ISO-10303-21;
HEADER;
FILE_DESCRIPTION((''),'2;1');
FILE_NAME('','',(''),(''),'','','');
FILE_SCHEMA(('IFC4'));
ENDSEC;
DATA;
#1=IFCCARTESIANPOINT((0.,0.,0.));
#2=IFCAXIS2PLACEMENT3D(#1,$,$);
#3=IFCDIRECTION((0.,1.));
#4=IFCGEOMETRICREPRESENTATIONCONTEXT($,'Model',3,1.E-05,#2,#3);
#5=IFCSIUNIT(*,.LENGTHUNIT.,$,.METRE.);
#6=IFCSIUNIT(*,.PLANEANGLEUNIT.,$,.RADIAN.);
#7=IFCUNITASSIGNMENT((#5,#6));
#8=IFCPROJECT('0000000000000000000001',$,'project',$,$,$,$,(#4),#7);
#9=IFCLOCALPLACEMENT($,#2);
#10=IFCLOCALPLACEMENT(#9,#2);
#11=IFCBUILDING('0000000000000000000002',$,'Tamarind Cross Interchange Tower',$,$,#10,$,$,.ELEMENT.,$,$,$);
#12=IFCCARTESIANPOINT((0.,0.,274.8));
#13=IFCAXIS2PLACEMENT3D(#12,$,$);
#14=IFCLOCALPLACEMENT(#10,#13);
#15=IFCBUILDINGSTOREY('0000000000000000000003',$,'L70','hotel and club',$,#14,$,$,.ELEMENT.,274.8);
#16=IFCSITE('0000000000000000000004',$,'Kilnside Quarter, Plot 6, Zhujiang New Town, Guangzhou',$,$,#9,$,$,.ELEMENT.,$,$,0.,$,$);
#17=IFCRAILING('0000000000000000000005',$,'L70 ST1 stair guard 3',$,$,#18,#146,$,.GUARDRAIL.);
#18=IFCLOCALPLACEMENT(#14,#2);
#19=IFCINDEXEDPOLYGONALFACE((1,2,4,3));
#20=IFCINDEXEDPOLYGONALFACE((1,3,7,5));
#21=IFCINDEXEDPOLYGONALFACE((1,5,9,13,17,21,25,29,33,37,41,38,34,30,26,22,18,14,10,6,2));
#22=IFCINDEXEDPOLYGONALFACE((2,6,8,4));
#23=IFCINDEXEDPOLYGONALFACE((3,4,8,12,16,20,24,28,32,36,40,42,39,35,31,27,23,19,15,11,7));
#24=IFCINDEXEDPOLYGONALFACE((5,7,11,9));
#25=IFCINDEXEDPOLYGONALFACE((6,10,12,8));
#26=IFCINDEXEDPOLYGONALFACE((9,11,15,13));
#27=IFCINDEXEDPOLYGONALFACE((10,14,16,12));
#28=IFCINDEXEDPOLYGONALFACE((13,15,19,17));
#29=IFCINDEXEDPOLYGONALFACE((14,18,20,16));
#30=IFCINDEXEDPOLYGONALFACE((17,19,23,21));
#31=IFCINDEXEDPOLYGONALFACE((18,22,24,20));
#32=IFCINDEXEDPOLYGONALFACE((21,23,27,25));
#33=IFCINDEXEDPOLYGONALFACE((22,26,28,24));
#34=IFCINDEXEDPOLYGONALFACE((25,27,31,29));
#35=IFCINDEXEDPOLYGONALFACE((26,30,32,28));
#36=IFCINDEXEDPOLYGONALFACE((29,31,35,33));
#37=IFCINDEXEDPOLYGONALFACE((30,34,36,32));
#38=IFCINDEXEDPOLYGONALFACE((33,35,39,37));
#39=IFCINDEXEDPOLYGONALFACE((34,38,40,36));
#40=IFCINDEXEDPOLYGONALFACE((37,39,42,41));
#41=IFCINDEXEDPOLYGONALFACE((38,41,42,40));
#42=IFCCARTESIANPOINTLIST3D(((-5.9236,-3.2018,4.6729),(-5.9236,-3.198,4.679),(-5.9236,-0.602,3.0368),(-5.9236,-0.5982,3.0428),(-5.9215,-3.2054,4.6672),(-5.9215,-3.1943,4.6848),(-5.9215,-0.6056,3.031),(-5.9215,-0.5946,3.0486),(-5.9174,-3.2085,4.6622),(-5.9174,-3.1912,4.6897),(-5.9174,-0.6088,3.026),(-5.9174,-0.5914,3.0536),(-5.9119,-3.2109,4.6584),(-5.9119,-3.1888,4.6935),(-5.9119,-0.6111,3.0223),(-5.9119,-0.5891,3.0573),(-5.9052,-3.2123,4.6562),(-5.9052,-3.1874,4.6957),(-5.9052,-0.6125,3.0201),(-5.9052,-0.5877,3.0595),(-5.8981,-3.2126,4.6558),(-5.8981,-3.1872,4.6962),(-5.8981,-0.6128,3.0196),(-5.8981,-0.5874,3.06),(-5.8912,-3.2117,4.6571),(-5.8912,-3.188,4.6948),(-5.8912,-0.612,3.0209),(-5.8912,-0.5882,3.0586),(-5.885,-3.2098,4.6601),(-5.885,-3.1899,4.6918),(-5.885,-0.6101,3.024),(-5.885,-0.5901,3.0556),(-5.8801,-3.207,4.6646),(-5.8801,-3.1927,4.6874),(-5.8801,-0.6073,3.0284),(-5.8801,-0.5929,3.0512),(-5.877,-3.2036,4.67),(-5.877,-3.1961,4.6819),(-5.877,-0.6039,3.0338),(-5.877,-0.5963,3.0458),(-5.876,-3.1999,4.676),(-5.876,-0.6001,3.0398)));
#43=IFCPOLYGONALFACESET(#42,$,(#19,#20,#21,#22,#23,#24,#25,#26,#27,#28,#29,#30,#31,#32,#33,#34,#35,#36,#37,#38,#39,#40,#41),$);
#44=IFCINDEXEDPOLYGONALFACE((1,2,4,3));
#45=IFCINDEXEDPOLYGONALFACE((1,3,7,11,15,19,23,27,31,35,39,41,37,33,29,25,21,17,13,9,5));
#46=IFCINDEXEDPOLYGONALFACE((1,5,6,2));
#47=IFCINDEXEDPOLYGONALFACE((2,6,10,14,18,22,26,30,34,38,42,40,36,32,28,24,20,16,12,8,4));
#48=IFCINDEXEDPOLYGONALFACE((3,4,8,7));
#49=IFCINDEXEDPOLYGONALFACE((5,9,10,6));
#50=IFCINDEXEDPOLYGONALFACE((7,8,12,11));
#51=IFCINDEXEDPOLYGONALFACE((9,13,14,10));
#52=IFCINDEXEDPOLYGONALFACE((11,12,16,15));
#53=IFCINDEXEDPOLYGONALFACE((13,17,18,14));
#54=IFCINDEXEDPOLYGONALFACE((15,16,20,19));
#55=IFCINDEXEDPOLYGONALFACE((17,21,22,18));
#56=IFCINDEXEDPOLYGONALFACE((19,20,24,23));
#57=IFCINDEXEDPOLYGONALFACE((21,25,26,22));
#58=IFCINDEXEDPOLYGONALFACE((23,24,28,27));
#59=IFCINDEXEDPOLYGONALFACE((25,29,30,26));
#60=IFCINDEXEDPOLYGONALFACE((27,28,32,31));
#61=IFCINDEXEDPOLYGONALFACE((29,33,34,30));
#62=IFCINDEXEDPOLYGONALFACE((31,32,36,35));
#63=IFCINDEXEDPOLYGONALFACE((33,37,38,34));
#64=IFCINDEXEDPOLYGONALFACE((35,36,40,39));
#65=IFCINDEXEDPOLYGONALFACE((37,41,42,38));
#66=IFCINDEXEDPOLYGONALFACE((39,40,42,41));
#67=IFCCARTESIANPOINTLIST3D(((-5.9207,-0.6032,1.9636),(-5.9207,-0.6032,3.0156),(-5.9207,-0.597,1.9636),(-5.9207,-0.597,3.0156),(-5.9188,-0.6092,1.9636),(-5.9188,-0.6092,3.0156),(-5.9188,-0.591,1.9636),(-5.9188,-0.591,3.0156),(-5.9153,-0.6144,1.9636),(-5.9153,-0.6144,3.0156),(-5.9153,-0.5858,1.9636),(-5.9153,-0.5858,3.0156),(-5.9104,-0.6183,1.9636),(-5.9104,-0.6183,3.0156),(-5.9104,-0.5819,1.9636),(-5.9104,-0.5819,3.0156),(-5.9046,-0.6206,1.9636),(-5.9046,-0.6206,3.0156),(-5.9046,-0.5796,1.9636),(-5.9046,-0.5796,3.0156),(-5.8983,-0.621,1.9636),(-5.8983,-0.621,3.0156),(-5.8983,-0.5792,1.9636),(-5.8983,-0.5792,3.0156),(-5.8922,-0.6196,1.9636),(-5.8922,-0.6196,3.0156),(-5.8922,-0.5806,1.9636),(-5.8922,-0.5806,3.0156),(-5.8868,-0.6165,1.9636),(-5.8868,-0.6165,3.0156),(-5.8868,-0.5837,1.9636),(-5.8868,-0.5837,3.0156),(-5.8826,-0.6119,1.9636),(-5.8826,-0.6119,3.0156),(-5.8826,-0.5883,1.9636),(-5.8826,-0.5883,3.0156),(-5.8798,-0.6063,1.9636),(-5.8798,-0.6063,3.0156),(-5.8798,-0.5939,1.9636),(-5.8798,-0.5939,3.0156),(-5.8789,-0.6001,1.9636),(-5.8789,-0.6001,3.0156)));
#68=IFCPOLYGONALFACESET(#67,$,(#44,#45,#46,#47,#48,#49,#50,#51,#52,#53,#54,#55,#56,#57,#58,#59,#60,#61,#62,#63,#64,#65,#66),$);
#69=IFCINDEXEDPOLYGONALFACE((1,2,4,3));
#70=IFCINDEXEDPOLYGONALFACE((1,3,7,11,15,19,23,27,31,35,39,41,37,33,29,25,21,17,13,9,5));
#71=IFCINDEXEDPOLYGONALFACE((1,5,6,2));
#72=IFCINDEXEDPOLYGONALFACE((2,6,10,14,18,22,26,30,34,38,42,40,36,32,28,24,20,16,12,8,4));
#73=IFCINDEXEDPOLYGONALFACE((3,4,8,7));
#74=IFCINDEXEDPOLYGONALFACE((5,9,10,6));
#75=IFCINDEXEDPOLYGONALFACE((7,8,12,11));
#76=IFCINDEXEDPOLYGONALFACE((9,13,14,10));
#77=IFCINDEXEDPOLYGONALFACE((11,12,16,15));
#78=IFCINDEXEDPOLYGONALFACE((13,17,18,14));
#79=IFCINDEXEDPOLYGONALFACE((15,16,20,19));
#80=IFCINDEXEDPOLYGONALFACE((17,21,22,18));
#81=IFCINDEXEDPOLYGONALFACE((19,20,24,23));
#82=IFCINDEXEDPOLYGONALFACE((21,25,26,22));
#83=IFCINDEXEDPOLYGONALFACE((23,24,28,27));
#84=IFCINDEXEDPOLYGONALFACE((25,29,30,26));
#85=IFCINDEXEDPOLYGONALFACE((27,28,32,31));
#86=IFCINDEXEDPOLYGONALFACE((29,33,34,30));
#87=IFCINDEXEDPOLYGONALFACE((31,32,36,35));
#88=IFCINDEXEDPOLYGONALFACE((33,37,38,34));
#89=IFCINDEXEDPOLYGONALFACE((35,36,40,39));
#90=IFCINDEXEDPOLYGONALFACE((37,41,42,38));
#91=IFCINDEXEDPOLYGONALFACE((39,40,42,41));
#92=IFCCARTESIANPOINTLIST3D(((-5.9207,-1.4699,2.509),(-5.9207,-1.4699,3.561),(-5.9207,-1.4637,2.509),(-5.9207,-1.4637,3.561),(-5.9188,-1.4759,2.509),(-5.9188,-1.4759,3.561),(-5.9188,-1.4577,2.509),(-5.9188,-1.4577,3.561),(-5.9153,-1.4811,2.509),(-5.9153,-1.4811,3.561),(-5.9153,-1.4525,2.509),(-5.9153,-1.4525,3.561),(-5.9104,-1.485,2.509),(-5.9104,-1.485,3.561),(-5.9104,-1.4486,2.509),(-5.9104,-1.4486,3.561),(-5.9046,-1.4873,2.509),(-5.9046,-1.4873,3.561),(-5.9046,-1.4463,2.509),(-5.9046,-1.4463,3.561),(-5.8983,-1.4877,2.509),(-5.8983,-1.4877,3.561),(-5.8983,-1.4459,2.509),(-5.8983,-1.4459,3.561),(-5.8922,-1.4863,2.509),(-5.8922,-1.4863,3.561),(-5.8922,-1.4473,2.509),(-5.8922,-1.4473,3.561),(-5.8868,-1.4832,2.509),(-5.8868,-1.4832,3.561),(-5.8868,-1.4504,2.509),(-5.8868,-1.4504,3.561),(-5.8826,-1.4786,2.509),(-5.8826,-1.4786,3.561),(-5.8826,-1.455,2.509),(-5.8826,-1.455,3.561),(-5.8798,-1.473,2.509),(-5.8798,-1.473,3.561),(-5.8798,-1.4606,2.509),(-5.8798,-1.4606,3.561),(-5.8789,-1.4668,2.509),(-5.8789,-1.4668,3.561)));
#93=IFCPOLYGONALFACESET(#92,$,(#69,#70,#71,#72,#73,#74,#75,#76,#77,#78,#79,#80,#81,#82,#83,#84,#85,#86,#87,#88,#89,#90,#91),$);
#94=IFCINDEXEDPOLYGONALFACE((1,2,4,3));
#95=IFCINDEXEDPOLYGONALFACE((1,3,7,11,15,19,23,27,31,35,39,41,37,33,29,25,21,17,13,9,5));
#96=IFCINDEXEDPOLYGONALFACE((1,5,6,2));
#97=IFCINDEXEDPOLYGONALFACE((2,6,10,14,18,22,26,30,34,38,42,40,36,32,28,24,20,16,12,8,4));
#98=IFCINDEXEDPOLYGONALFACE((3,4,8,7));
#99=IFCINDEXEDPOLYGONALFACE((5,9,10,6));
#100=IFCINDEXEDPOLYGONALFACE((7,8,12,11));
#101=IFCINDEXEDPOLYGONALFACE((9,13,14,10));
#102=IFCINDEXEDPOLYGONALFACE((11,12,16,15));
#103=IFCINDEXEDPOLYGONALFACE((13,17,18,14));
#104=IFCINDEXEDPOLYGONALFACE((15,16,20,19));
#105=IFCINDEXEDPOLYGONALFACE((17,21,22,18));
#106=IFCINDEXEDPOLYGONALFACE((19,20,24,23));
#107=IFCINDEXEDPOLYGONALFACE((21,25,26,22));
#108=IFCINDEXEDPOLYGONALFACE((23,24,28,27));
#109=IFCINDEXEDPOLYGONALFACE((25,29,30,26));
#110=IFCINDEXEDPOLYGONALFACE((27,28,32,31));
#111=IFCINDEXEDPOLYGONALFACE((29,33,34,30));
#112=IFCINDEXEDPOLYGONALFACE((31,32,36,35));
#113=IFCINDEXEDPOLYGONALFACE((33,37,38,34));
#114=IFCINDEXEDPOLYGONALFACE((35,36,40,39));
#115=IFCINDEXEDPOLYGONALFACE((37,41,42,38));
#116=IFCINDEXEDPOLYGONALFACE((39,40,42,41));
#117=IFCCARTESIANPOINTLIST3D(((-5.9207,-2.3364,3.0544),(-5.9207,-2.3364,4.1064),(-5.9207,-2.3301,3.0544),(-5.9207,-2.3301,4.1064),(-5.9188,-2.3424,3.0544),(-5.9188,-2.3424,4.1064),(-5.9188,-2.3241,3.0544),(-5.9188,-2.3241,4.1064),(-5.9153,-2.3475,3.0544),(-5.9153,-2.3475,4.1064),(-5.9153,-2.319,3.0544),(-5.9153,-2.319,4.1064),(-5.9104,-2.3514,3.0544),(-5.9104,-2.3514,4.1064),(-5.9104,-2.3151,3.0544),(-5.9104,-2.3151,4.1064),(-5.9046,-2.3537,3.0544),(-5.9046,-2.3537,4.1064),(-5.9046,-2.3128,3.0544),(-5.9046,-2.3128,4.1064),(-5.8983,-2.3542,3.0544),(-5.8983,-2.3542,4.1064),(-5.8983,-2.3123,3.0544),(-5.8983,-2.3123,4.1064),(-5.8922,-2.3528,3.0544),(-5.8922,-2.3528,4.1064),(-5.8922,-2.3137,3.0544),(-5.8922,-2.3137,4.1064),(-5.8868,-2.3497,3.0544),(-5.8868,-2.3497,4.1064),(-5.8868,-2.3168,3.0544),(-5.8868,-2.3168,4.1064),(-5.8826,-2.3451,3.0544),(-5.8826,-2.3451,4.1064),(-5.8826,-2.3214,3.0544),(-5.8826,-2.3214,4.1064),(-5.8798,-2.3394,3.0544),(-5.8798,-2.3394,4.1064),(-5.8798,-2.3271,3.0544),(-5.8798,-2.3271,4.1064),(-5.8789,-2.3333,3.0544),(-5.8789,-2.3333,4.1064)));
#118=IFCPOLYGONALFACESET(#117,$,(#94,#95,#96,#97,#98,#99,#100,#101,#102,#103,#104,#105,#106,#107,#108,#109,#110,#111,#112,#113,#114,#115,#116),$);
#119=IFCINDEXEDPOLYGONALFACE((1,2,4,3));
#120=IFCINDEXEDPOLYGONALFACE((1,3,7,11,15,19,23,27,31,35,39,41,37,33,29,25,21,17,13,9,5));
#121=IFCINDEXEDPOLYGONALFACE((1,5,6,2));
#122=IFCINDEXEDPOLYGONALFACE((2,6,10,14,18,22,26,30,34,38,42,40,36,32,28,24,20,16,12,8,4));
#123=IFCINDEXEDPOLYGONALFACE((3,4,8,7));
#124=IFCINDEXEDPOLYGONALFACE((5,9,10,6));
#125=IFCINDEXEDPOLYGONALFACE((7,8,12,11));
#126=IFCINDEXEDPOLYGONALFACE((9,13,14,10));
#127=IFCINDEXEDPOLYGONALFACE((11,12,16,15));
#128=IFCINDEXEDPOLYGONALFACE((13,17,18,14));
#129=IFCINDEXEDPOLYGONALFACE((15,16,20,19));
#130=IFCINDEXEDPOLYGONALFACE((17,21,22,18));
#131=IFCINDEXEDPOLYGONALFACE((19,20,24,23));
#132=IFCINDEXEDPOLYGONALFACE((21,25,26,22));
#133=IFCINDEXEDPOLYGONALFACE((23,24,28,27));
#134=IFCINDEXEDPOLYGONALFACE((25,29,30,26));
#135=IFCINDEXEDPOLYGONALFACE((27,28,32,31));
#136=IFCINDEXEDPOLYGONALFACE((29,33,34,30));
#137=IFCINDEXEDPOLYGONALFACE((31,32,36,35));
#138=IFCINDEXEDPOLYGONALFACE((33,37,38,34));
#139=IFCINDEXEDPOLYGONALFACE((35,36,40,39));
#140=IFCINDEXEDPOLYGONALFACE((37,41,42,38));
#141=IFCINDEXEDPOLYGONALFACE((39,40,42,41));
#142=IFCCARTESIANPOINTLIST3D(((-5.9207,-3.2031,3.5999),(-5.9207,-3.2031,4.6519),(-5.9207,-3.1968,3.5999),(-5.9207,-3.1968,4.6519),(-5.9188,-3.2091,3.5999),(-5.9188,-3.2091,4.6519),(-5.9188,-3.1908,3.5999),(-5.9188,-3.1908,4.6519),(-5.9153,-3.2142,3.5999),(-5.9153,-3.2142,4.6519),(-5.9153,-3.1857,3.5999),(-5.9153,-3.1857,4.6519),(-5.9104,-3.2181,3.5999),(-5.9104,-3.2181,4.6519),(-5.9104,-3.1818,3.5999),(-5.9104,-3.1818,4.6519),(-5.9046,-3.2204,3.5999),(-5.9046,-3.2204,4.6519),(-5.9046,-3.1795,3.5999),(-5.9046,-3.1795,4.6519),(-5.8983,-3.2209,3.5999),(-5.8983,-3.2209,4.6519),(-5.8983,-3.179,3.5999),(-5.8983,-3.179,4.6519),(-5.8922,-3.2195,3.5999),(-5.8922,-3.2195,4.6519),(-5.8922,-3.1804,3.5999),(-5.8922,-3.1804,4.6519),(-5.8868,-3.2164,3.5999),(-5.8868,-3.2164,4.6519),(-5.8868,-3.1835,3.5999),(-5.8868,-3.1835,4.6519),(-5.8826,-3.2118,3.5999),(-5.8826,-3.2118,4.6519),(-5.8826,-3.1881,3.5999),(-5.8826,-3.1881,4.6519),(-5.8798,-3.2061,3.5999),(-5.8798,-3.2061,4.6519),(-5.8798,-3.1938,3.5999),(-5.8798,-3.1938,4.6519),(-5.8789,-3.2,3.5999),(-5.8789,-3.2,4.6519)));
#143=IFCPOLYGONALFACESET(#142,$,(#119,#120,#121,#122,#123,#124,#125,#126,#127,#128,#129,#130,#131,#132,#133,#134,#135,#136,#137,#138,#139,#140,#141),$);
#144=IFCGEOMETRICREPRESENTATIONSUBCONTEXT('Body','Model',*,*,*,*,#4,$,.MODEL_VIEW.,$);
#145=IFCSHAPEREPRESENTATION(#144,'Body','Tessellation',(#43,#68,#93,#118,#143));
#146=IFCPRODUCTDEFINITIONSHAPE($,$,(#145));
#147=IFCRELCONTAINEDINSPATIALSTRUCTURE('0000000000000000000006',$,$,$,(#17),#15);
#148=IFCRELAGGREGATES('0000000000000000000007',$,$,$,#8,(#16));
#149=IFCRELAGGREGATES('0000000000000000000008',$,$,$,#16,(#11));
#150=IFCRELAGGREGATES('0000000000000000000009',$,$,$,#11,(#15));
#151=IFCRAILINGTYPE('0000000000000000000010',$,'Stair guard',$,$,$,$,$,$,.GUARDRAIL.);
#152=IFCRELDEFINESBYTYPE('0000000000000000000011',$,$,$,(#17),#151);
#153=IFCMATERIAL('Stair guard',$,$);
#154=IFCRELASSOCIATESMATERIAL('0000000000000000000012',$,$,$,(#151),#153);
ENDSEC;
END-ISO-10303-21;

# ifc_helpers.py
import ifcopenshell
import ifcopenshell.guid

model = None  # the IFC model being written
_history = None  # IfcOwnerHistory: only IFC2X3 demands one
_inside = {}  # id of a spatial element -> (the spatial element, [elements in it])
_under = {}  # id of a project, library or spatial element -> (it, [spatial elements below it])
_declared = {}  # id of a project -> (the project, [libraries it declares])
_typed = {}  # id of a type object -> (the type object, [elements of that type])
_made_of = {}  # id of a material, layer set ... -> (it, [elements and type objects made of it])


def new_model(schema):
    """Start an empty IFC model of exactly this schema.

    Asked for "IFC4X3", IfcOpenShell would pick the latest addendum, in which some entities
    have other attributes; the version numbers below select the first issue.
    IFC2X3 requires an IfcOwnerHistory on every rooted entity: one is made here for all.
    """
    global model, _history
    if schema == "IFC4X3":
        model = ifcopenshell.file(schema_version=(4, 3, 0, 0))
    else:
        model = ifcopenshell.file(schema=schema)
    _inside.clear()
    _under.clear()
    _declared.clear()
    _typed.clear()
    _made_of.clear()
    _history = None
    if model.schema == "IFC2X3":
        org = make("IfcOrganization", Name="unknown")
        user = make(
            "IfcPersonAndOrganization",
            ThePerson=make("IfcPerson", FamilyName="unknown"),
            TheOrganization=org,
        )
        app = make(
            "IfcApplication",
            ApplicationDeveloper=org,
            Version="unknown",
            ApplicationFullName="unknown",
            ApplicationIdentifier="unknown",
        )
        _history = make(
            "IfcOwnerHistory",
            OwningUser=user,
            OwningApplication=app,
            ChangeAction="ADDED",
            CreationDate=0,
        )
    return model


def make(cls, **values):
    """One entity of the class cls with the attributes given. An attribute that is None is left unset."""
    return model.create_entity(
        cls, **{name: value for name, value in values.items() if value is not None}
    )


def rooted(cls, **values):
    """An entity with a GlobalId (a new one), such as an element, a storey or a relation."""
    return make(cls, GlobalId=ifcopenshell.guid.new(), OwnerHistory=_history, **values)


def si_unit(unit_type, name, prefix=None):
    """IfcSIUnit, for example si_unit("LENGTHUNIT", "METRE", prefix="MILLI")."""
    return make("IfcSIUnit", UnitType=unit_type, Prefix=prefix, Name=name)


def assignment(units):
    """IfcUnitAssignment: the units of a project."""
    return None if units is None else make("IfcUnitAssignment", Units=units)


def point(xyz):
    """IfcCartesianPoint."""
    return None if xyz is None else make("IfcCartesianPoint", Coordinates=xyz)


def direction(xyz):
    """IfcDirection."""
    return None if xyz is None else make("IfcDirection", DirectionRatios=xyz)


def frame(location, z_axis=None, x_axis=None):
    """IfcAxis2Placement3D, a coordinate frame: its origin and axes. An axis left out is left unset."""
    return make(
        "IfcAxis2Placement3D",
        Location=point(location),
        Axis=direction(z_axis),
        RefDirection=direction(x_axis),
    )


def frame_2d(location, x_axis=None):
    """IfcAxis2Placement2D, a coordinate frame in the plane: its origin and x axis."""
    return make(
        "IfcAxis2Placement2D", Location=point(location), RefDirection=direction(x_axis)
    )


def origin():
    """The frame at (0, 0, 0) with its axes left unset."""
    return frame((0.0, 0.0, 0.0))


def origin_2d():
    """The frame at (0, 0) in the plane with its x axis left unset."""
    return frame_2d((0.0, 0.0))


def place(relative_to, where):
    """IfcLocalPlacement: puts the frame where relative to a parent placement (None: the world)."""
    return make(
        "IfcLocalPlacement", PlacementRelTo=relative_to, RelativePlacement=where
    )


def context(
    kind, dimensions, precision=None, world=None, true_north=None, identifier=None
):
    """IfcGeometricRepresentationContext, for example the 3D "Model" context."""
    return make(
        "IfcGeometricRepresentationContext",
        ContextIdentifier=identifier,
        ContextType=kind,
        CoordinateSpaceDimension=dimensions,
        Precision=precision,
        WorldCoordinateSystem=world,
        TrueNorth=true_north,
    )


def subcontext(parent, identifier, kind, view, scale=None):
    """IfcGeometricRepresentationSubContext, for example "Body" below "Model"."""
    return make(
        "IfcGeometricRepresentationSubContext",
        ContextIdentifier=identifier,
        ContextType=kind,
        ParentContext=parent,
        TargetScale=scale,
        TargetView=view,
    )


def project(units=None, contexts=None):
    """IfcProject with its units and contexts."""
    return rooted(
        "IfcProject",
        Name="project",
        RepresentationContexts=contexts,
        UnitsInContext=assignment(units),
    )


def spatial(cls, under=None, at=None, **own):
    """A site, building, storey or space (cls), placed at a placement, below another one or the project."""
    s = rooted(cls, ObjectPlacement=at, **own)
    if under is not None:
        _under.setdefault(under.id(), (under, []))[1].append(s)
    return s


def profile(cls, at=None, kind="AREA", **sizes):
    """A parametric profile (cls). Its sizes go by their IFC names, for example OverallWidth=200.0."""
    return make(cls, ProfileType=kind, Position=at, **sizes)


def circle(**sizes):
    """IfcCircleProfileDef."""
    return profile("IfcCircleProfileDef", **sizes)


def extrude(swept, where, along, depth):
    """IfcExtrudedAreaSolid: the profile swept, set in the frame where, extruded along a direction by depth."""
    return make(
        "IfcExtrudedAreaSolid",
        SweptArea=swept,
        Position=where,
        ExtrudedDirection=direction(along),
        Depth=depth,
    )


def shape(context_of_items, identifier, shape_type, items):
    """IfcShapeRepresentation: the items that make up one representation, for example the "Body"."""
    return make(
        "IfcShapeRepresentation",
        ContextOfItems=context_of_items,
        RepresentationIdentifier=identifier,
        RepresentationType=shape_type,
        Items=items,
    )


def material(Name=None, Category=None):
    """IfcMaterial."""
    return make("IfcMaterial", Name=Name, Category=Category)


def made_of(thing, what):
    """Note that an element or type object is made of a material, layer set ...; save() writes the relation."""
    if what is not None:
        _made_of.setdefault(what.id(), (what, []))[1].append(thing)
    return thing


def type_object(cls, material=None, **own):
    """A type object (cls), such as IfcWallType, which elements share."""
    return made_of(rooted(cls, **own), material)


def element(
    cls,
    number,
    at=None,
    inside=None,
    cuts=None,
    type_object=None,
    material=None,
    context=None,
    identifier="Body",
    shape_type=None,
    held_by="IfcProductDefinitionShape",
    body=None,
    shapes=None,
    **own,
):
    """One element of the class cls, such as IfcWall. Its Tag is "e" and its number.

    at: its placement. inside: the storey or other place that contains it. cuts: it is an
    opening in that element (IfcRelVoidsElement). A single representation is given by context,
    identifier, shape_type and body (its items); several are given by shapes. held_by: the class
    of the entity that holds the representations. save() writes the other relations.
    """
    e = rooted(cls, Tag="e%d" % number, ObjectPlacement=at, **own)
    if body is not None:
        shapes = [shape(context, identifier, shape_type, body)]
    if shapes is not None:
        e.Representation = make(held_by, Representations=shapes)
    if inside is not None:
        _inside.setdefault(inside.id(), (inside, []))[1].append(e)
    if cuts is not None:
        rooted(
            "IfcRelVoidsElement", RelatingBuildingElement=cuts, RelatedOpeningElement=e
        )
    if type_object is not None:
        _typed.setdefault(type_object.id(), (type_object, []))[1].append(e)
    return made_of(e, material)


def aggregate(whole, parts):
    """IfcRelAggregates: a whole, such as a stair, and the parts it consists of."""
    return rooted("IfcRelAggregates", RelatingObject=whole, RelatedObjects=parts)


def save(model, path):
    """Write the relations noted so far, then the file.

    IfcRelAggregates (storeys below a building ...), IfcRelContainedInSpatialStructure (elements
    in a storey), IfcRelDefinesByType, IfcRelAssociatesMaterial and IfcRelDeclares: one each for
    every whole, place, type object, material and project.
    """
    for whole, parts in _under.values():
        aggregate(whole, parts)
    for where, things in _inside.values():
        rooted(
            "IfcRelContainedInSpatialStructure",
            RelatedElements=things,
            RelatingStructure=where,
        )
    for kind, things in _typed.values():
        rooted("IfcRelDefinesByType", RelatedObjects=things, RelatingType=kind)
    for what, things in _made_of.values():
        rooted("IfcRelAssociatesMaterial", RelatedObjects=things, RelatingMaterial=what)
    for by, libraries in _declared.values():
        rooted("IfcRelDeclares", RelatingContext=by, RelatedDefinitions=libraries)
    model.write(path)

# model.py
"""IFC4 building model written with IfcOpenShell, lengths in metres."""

from ifc_helpers import new_model, si_unit, direction, frame, origin, origin_2d, place, context, subcontext, project, spatial, circle, extrude, material, type_object, element, save


model = new_model("IFC4")

# Units and contexts
model_context = context("Model", 3, precision=1e-05, world=origin(), true_north=direction((0.0, 1.0)))
body_context = subcontext(model_context, "Body", "Model", "MODEL_VIEW")
ifc_project = project(units=[si_unit("LENGTHUNIT", "METRE"), si_unit("PLANEANGLEUNIT", "RADIAN")], contexts=[model_context])

# Site, building, storey
site_placement = place(None, origin())
site = spatial("IfcSite", under=ifc_project, at=site_placement, Name="Kilnside Quarter, Plot 6, Zhujiang New Town, Guangzhou", CompositionType="ELEMENT", RefElevation=0.0)
building_placement = place(site_placement, origin())
building = spatial("IfcBuilding", under=site, at=building_placement, Name="Tamarind Cross Interchange Tower", CompositionType="ELEMENT")
storey_placement = place(building_placement, frame((0.0, 0.0, 274.8)))
storey = spatial("IfcBuildingStorey", under=building, at=storey_placement, Name="L70", Description="hotel and club", CompositionType="ELEMENT", Elevation=274.8)

# Railing
ifc_material_1 = material(Name="Stair guard")
railing_type = type_object("IfcRailingType", Name="Stair guard", PredefinedType="GUARDRAIL", material=ifc_material_1)
railing_1_placement = place(storey_placement, frame((-5.8999, -0.6001, 1.9636)))
element("IfcRailing", 1, at=railing_1_placement, inside=storey, type_object=railing_type, Name="L70 ST1 stair guard 3", PredefinedType="GUARDRAIL", context=body_context, shape_type="SweptSolid", body=[
    extrude(circle(Radius=0.0239, at=origin_2d()), frame((0.0, 0.0, 1.0762), z_axis=(0.0, -0.846338, 0.532647), x_axis=(1.0, 0.0, 0.0)), (0.0, 0.0, 1.0), 3.0718),
    extrude(circle(Radius=0.021, at=origin_2d()), origin(), (0.0, 0.0, 1.0), 1.052),
    extrude(circle(Radius=0.021, at=origin_2d()), frame((0.0, -0.8667, 0.5454)), (0.0, 0.0, 1.0), 1.052),
    extrude(circle(Radius=0.021, at=origin_2d()), frame((0.0, -1.7332, 1.0908)), (0.0, 0.0, 1.0), 1.052),
    extrude(circle(Radius=0.021, at=origin_2d()), frame((0.0, -2.5999, 1.6362)), (0.0, 0.0, 1.0), 1.052),
])

save(model, "model.ifc")
